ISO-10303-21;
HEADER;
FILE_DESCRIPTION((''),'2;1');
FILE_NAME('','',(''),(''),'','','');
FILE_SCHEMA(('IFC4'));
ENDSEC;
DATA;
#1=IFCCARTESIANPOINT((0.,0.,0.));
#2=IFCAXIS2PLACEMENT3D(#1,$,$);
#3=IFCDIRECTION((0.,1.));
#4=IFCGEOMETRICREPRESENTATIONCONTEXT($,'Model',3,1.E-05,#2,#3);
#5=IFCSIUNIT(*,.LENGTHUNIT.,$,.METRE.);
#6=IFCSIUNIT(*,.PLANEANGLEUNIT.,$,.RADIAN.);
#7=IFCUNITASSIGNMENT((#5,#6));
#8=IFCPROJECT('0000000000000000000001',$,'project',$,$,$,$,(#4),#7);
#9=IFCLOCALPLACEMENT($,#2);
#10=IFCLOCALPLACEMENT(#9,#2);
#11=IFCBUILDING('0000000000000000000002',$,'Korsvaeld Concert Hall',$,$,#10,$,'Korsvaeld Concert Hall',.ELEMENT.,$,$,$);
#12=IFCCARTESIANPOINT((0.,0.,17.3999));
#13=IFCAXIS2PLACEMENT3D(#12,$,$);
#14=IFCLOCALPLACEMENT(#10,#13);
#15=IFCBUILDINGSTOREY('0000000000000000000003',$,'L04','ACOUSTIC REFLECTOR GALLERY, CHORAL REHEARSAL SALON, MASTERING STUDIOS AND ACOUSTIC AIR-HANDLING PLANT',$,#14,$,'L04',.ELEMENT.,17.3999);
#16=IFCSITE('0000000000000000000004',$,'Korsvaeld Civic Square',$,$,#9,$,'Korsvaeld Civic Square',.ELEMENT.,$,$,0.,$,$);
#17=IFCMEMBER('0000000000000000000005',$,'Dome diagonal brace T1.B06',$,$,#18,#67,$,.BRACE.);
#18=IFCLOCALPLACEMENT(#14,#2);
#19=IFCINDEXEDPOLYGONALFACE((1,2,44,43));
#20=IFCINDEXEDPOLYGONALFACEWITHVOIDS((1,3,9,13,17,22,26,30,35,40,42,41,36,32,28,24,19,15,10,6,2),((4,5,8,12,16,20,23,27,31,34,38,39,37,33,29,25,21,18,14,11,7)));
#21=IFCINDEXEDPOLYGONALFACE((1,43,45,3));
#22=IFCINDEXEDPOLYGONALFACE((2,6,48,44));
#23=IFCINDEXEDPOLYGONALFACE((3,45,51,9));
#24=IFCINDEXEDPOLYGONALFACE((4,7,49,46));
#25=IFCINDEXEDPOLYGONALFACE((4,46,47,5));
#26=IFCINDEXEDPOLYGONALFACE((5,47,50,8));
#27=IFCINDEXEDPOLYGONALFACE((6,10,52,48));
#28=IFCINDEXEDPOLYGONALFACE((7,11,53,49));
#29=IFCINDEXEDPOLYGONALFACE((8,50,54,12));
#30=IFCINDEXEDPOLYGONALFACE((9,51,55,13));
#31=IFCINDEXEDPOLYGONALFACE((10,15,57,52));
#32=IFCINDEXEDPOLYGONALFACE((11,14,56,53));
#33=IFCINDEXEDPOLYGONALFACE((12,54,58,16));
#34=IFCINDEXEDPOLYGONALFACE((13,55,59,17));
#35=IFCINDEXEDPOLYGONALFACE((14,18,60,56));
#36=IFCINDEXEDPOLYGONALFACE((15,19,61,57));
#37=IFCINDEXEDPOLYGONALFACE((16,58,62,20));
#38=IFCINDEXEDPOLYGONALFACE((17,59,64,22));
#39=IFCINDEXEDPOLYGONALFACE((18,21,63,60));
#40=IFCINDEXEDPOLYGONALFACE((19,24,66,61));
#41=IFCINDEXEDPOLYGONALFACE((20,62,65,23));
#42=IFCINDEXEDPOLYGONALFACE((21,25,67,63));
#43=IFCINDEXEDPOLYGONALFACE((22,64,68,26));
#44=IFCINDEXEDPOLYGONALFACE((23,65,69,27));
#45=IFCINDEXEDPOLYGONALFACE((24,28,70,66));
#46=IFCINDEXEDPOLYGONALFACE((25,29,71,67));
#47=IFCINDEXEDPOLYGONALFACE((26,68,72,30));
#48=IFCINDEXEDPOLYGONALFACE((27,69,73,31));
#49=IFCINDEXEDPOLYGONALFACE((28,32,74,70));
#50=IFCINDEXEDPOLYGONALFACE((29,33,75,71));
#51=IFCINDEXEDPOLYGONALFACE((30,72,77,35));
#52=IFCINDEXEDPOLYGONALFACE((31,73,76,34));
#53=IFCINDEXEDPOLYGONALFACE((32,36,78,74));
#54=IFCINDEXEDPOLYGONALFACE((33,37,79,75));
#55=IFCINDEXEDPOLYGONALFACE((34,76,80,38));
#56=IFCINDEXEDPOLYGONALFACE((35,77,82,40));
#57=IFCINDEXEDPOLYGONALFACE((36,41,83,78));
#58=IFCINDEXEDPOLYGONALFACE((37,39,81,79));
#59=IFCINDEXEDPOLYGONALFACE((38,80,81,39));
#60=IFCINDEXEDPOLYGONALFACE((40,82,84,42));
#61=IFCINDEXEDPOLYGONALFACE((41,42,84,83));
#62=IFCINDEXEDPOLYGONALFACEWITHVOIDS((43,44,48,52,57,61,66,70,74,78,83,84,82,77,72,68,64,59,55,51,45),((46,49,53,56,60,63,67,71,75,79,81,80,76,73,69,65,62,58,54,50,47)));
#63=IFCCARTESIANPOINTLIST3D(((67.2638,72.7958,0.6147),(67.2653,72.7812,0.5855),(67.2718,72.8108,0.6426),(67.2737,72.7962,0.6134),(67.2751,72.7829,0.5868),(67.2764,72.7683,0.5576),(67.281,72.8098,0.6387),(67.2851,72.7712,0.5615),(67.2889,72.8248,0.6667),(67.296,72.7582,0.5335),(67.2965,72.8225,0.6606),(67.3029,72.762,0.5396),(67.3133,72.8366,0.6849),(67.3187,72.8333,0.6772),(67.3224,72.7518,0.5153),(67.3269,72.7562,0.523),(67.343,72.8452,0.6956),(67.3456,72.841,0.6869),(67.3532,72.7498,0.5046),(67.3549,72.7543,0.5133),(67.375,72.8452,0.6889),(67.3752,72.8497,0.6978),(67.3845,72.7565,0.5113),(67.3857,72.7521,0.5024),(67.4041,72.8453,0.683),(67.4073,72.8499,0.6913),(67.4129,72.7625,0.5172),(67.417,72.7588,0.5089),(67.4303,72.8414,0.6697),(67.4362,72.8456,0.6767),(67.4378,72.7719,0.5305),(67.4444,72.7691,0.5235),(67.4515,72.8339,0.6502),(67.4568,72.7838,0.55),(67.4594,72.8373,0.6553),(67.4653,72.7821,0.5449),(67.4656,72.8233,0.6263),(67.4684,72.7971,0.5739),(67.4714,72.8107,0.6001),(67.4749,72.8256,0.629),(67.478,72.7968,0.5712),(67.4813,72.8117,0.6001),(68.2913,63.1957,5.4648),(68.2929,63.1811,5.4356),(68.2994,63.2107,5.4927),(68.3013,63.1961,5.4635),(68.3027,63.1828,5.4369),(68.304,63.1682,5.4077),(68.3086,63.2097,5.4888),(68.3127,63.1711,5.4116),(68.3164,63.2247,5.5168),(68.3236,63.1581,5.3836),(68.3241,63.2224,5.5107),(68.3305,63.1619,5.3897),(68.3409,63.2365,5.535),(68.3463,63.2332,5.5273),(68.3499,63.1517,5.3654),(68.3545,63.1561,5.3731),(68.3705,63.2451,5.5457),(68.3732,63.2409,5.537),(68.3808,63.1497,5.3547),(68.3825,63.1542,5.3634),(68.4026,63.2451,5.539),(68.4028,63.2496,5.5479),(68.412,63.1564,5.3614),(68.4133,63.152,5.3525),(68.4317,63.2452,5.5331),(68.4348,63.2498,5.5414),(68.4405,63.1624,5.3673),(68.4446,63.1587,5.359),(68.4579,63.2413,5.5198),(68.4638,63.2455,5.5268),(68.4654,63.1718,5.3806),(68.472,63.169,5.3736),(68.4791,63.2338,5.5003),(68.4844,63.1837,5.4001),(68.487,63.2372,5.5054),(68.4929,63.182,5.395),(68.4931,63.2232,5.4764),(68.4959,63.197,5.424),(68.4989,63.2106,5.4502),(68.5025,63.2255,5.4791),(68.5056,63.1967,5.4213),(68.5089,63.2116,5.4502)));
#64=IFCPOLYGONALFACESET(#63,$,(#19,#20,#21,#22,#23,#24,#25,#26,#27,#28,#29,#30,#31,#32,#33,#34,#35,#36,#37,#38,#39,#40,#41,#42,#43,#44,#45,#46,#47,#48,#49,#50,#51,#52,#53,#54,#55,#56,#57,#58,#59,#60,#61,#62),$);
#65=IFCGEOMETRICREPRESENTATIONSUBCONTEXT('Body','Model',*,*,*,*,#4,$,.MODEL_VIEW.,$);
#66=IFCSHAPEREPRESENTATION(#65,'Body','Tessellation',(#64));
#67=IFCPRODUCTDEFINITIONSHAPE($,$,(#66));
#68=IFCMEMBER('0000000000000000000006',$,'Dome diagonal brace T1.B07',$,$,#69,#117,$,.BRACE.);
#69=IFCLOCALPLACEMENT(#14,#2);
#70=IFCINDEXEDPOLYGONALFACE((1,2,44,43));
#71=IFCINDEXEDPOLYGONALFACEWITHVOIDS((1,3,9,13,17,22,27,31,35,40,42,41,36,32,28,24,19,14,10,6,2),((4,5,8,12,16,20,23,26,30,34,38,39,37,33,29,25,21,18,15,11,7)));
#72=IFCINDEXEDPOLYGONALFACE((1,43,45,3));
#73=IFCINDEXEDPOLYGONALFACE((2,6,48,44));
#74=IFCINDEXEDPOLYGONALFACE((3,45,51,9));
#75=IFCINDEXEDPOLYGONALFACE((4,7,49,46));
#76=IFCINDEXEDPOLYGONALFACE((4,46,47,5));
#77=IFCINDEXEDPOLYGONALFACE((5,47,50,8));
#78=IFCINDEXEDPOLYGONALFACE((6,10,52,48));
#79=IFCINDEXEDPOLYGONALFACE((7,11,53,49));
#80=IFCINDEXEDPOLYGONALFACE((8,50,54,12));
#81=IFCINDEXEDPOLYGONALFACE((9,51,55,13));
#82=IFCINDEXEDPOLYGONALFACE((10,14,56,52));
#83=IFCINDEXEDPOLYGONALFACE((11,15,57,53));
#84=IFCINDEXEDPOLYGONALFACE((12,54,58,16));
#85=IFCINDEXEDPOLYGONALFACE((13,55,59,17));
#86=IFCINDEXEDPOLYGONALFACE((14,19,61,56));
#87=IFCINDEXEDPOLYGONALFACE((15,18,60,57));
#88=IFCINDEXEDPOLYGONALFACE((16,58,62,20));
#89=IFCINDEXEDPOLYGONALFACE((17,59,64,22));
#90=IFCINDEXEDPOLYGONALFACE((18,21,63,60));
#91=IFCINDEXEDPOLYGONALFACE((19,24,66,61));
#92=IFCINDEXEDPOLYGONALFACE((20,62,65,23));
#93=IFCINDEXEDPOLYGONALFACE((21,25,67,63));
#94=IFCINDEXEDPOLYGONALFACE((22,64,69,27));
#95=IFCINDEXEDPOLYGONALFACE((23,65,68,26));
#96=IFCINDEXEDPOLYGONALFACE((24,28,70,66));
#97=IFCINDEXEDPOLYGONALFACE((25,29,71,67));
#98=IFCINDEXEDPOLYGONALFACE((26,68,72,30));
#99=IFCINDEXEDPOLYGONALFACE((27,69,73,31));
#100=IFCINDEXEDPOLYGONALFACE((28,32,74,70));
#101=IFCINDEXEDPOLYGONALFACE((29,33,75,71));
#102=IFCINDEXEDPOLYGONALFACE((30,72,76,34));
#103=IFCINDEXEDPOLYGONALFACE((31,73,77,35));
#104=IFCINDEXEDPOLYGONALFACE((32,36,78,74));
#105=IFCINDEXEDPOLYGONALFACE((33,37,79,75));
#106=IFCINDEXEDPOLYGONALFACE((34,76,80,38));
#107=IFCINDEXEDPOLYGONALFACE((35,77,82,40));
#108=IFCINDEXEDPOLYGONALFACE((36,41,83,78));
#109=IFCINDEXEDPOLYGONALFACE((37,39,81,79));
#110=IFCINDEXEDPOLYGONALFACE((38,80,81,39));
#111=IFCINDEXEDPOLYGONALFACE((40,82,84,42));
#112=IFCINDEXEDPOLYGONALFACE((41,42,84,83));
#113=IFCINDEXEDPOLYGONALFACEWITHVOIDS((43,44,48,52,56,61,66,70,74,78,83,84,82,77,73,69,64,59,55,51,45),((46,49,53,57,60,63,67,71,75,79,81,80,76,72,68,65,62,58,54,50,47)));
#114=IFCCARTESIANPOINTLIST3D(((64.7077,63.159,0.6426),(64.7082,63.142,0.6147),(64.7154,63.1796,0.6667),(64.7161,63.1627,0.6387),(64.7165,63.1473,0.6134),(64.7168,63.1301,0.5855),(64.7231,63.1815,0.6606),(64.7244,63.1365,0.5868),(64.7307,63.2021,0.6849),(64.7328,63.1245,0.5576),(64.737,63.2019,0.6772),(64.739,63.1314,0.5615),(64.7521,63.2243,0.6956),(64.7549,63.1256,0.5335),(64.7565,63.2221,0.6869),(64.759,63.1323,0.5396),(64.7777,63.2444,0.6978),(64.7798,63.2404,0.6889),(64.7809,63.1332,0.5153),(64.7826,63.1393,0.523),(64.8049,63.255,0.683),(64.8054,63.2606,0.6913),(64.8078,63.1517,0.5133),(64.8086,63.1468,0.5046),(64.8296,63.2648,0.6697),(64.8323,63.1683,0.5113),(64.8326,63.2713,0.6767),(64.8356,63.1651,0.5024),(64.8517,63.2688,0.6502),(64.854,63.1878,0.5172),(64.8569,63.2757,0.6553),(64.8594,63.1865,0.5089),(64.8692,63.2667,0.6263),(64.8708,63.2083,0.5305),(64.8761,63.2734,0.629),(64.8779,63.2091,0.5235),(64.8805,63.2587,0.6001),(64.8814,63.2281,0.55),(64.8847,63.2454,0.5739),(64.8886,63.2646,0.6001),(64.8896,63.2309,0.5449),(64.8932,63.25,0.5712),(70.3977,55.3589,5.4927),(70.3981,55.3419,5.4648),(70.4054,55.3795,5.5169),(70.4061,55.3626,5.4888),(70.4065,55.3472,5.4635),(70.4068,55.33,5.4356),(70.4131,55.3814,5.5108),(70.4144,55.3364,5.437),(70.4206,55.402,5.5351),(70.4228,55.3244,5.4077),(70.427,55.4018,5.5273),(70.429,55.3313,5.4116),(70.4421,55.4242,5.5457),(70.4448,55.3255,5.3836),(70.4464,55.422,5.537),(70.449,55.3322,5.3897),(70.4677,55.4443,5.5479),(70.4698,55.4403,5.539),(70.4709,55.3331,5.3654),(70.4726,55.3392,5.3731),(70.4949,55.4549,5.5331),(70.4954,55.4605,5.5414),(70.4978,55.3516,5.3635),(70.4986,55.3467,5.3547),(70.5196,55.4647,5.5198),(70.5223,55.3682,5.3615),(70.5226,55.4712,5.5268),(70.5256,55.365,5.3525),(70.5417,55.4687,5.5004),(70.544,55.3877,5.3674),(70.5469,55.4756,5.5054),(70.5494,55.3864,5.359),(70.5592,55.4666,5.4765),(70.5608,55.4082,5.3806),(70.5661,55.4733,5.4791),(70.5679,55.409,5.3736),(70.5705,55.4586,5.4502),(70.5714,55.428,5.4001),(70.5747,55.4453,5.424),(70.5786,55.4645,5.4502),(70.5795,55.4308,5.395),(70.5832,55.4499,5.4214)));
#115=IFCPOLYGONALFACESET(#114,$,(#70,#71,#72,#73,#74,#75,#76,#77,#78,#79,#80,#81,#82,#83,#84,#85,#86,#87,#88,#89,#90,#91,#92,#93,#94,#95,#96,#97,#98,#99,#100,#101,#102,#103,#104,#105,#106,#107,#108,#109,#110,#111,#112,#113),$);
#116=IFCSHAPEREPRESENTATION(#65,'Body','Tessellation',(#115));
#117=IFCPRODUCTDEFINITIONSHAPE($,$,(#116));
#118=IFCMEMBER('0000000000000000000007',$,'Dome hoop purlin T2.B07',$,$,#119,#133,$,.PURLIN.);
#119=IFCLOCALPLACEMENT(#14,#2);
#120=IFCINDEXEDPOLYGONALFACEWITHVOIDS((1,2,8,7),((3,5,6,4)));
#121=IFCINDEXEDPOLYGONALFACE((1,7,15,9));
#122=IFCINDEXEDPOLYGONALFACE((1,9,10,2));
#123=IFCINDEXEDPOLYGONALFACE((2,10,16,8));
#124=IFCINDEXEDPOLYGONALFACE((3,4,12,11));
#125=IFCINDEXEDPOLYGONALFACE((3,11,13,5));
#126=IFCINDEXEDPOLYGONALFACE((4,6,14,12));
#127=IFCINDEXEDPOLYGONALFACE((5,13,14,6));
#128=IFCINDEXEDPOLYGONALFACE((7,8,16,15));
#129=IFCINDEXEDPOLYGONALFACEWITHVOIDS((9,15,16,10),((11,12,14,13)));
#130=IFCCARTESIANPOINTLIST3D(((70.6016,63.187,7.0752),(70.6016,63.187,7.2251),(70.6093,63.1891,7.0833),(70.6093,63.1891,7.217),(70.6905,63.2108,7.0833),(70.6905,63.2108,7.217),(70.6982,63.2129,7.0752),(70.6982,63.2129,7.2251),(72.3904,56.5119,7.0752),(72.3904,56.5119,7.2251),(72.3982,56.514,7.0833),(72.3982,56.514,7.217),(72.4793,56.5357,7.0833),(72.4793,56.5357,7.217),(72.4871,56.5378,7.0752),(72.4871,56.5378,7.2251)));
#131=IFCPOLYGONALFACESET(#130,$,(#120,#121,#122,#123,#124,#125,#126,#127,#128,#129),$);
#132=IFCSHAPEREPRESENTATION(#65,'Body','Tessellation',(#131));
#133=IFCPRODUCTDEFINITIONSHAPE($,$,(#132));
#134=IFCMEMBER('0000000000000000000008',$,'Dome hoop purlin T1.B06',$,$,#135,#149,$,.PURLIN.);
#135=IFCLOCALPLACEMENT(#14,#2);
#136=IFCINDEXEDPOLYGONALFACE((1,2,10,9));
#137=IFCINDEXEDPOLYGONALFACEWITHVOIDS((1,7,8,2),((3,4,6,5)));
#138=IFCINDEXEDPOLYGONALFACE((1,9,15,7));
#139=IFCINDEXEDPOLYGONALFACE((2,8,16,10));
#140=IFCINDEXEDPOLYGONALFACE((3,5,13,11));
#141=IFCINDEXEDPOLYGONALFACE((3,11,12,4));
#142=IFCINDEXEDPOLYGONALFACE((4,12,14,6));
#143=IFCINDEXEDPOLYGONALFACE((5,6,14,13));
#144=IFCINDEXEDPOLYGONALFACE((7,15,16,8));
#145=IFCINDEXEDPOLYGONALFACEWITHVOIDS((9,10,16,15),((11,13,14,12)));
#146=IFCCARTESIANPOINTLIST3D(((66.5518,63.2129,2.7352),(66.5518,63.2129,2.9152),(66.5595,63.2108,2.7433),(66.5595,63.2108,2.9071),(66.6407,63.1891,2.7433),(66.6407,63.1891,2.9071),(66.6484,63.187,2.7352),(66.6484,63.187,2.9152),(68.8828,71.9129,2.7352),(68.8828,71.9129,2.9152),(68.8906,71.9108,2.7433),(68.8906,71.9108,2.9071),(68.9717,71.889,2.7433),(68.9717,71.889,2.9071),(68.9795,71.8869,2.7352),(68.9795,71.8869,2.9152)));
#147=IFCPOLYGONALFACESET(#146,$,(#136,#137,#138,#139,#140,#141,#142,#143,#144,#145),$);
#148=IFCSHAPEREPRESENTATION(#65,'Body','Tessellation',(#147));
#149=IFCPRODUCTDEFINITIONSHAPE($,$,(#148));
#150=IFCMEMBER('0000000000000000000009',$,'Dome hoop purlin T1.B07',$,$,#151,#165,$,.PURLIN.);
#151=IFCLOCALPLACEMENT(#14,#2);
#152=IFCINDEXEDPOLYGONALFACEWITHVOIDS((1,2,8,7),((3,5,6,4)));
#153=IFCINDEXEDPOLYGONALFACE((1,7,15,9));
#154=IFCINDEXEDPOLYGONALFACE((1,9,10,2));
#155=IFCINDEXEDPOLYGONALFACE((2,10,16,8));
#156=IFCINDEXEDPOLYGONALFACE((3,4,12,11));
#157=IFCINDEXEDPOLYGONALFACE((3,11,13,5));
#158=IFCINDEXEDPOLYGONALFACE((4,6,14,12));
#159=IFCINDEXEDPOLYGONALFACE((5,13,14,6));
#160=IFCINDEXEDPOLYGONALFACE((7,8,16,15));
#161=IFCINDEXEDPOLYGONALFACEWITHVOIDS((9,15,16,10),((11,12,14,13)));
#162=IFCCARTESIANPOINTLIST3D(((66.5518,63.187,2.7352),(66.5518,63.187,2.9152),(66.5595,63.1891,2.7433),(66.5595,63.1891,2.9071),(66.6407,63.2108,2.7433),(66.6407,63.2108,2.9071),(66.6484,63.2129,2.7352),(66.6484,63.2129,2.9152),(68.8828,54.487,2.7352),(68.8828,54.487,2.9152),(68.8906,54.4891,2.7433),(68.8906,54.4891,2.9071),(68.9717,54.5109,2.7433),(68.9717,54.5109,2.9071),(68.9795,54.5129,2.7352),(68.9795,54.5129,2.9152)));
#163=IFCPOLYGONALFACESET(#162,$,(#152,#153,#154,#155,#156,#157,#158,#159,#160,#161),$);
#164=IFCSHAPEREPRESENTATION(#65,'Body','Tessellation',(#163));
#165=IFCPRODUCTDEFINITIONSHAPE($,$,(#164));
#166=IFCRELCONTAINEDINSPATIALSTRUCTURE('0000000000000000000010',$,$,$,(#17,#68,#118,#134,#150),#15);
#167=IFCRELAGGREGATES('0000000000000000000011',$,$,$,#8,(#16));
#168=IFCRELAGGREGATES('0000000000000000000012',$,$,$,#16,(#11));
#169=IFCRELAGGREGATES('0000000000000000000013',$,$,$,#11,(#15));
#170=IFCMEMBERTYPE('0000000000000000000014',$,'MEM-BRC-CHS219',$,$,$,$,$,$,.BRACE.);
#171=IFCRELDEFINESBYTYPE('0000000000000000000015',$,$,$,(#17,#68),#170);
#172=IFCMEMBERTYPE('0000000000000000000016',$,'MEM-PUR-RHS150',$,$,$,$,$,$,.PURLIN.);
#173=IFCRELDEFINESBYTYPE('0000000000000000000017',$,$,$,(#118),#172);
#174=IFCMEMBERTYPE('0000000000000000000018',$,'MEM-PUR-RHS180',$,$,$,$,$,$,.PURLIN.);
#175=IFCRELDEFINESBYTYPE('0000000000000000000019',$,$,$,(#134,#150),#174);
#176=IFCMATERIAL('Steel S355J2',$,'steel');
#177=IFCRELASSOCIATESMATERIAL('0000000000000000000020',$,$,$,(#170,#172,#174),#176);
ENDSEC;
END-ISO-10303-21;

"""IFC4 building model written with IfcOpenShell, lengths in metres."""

from ifc_helpers import new_model, si_unit, direction, frame, origin, origin_2d, place, context, subcontext, project, spatial, hollow_rectangle, hollow_circle, extrude, material, material_profile, profile_set, type_object, element, save


model = new_model("IFC4")

# Units and contexts
model_context = context("Model", 3, precision=1e-05, world=origin(), true_north=direction((0.0, 1.0)))
body_context = subcontext(model_context, "Body", "Model", "MODEL_VIEW")
ifc_project = project(units=[si_unit("LENGTHUNIT", "METRE"), si_unit("PLANEANGLEUNIT", "RADIAN")], contexts=[model_context])

# Site, building, storey
site_placement = place(None, origin())
site = spatial("IfcSite", under=ifc_project, at=site_placement, Name="Korsvaeld Civic Square", LongName="Korsvaeld Civic Square", CompositionType="ELEMENT", RefElevation=0.0)
building_placement = place(site_placement, origin())
building = spatial("IfcBuilding", under=site, at=building_placement, Name="Korsvaeld Concert Hall", LongName="Korsvaeld Concert Hall", CompositionType="ELEMENT")
storey_placement = place(building_placement, frame((0.0, 0.0, 17.3999)))
storey = spatial("IfcBuildingStorey", under=building, at=storey_placement, Name="L04", Description="ACOUSTIC REFLECTOR GALLERY, CHORAL REHEARSAL SALON, MASTERING STUDIOS AND ACOUSTIC AIR-HANDLING PLANT", LongName="L04", CompositionType="ELEMENT", Elevation=17.3999)

# Shared definitions
ifc_material_1 = material(Name="Steel S355J2", Category="steel")

# Members
ifc_material_profile_1 = material_profile(ifc_material_1, hollow_circle(Radius=0.1096, WallThickness=0.01, at=origin_2d()), Name="CHS 219.1x10")
ifc_profile_set_1 = profile_set([ifc_material_profile_1], Name="Steel S355J2")
member_type_1 = type_object("IfcMemberType", Name="MEM-BRC-CHS219", PredefinedType="BRACE", material=ifc_profile_set_1)
for number, where, z_axis, x_axis, name in (
    (1, (67.3723, 72.8, 0.6001), (0.095106, -0.888512, 0.448888), (0.99432, 0.106431, 0.0), "Dome diagonal brace T1.B06"),
    (2, (64.8, 63.2, 0.6001), (0.526622, -0.721918, 0.448891), (0.807889, 0.589335, 0.0), "Dome diagonal brace T1.B07"),
):
    element("IfcMember", number, at=place(storey_placement, frame(where, z_axis=z_axis, x_axis=x_axis)), inside=storey, type_object=member_type_1, Name=name, PredefinedType="BRACE", context=body_context, shape_type="SweptSolid", body=[
        extrude(hollow_circle(Radius=0.1096, WallThickness=0.01, at=origin_2d()), origin(), (0.0, 0.0, 1.0), 10.8047),
    ])
ifc_material_profile_2 = material_profile(ifc_material_1, hollow_rectangle(XDim=0.1001, YDim=0.1499, WallThickness=0.0081, at=origin_2d()), Name="RHS 150x100x8")
ifc_profile_set_2 = profile_set([ifc_material_profile_2], Name="Steel S355J2")
member_type_2 = type_object("IfcMemberType", Name="MEM-PUR-RHS150", PredefinedType="PURLIN", material=ifc_profile_set_2)
member_placement = place(storey_placement, frame((70.6499, 63.2, 7.1501), z_axis=(0.258852, -0.965917, 0.0), x_axis=(0.965917, 0.258852, 0.0)))
element("IfcMember", 3, at=member_placement, inside=storey, type_object=member_type_2, Name="Dome hoop purlin T2.B07", PredefinedType="PURLIN", context=body_context, shape_type="SweptSolid", body=[
    extrude(hollow_rectangle(XDim=0.1001, YDim=0.1499, WallThickness=0.0081, at=origin_2d()), origin(), (0.0, 0.0, 1.0), 6.9106),
])
ifc_material_profile_3 = material_profile(ifc_material_1, hollow_rectangle(XDim=0.1001, YDim=0.1799, WallThickness=0.0081, at=origin_2d()), Name="RHS 180x100x8")
ifc_profile_set_3 = profile_set([ifc_material_profile_3], Name="Steel S355J2")
member_type_3 = type_object("IfcMemberType", Name="MEM-PUR-RHS180", PredefinedType="PURLIN", material=ifc_profile_set_3)
for number, where, z_axis, x_axis, name in (
    (4, (68.9312, 71.8999, 2.8252), (-0.25881, -0.965928, 0.0), (0.965928, -0.25881, 0.0), "Dome hoop purlin T1.B06"),
    (5, (66.6001, 63.2, 2.8252), (0.25881, -0.965928, 0.0), (0.965928, 0.25881, 0.0), "Dome hoop purlin T1.B07"),
):
    element("IfcMember", number, at=place(storey_placement, frame(where, z_axis=z_axis, x_axis=x_axis)), inside=storey, type_object=member_type_3, Name=name, PredefinedType="PURLIN", context=body_context, shape_type="SweptSolid", body=[
        extrude(hollow_rectangle(XDim=0.1001, YDim=0.1799, WallThickness=0.0081, at=origin_2d()), origin(), (0.0, 0.0, 1.0), 9.0068),
    ])

save(model, "model.ifc")
